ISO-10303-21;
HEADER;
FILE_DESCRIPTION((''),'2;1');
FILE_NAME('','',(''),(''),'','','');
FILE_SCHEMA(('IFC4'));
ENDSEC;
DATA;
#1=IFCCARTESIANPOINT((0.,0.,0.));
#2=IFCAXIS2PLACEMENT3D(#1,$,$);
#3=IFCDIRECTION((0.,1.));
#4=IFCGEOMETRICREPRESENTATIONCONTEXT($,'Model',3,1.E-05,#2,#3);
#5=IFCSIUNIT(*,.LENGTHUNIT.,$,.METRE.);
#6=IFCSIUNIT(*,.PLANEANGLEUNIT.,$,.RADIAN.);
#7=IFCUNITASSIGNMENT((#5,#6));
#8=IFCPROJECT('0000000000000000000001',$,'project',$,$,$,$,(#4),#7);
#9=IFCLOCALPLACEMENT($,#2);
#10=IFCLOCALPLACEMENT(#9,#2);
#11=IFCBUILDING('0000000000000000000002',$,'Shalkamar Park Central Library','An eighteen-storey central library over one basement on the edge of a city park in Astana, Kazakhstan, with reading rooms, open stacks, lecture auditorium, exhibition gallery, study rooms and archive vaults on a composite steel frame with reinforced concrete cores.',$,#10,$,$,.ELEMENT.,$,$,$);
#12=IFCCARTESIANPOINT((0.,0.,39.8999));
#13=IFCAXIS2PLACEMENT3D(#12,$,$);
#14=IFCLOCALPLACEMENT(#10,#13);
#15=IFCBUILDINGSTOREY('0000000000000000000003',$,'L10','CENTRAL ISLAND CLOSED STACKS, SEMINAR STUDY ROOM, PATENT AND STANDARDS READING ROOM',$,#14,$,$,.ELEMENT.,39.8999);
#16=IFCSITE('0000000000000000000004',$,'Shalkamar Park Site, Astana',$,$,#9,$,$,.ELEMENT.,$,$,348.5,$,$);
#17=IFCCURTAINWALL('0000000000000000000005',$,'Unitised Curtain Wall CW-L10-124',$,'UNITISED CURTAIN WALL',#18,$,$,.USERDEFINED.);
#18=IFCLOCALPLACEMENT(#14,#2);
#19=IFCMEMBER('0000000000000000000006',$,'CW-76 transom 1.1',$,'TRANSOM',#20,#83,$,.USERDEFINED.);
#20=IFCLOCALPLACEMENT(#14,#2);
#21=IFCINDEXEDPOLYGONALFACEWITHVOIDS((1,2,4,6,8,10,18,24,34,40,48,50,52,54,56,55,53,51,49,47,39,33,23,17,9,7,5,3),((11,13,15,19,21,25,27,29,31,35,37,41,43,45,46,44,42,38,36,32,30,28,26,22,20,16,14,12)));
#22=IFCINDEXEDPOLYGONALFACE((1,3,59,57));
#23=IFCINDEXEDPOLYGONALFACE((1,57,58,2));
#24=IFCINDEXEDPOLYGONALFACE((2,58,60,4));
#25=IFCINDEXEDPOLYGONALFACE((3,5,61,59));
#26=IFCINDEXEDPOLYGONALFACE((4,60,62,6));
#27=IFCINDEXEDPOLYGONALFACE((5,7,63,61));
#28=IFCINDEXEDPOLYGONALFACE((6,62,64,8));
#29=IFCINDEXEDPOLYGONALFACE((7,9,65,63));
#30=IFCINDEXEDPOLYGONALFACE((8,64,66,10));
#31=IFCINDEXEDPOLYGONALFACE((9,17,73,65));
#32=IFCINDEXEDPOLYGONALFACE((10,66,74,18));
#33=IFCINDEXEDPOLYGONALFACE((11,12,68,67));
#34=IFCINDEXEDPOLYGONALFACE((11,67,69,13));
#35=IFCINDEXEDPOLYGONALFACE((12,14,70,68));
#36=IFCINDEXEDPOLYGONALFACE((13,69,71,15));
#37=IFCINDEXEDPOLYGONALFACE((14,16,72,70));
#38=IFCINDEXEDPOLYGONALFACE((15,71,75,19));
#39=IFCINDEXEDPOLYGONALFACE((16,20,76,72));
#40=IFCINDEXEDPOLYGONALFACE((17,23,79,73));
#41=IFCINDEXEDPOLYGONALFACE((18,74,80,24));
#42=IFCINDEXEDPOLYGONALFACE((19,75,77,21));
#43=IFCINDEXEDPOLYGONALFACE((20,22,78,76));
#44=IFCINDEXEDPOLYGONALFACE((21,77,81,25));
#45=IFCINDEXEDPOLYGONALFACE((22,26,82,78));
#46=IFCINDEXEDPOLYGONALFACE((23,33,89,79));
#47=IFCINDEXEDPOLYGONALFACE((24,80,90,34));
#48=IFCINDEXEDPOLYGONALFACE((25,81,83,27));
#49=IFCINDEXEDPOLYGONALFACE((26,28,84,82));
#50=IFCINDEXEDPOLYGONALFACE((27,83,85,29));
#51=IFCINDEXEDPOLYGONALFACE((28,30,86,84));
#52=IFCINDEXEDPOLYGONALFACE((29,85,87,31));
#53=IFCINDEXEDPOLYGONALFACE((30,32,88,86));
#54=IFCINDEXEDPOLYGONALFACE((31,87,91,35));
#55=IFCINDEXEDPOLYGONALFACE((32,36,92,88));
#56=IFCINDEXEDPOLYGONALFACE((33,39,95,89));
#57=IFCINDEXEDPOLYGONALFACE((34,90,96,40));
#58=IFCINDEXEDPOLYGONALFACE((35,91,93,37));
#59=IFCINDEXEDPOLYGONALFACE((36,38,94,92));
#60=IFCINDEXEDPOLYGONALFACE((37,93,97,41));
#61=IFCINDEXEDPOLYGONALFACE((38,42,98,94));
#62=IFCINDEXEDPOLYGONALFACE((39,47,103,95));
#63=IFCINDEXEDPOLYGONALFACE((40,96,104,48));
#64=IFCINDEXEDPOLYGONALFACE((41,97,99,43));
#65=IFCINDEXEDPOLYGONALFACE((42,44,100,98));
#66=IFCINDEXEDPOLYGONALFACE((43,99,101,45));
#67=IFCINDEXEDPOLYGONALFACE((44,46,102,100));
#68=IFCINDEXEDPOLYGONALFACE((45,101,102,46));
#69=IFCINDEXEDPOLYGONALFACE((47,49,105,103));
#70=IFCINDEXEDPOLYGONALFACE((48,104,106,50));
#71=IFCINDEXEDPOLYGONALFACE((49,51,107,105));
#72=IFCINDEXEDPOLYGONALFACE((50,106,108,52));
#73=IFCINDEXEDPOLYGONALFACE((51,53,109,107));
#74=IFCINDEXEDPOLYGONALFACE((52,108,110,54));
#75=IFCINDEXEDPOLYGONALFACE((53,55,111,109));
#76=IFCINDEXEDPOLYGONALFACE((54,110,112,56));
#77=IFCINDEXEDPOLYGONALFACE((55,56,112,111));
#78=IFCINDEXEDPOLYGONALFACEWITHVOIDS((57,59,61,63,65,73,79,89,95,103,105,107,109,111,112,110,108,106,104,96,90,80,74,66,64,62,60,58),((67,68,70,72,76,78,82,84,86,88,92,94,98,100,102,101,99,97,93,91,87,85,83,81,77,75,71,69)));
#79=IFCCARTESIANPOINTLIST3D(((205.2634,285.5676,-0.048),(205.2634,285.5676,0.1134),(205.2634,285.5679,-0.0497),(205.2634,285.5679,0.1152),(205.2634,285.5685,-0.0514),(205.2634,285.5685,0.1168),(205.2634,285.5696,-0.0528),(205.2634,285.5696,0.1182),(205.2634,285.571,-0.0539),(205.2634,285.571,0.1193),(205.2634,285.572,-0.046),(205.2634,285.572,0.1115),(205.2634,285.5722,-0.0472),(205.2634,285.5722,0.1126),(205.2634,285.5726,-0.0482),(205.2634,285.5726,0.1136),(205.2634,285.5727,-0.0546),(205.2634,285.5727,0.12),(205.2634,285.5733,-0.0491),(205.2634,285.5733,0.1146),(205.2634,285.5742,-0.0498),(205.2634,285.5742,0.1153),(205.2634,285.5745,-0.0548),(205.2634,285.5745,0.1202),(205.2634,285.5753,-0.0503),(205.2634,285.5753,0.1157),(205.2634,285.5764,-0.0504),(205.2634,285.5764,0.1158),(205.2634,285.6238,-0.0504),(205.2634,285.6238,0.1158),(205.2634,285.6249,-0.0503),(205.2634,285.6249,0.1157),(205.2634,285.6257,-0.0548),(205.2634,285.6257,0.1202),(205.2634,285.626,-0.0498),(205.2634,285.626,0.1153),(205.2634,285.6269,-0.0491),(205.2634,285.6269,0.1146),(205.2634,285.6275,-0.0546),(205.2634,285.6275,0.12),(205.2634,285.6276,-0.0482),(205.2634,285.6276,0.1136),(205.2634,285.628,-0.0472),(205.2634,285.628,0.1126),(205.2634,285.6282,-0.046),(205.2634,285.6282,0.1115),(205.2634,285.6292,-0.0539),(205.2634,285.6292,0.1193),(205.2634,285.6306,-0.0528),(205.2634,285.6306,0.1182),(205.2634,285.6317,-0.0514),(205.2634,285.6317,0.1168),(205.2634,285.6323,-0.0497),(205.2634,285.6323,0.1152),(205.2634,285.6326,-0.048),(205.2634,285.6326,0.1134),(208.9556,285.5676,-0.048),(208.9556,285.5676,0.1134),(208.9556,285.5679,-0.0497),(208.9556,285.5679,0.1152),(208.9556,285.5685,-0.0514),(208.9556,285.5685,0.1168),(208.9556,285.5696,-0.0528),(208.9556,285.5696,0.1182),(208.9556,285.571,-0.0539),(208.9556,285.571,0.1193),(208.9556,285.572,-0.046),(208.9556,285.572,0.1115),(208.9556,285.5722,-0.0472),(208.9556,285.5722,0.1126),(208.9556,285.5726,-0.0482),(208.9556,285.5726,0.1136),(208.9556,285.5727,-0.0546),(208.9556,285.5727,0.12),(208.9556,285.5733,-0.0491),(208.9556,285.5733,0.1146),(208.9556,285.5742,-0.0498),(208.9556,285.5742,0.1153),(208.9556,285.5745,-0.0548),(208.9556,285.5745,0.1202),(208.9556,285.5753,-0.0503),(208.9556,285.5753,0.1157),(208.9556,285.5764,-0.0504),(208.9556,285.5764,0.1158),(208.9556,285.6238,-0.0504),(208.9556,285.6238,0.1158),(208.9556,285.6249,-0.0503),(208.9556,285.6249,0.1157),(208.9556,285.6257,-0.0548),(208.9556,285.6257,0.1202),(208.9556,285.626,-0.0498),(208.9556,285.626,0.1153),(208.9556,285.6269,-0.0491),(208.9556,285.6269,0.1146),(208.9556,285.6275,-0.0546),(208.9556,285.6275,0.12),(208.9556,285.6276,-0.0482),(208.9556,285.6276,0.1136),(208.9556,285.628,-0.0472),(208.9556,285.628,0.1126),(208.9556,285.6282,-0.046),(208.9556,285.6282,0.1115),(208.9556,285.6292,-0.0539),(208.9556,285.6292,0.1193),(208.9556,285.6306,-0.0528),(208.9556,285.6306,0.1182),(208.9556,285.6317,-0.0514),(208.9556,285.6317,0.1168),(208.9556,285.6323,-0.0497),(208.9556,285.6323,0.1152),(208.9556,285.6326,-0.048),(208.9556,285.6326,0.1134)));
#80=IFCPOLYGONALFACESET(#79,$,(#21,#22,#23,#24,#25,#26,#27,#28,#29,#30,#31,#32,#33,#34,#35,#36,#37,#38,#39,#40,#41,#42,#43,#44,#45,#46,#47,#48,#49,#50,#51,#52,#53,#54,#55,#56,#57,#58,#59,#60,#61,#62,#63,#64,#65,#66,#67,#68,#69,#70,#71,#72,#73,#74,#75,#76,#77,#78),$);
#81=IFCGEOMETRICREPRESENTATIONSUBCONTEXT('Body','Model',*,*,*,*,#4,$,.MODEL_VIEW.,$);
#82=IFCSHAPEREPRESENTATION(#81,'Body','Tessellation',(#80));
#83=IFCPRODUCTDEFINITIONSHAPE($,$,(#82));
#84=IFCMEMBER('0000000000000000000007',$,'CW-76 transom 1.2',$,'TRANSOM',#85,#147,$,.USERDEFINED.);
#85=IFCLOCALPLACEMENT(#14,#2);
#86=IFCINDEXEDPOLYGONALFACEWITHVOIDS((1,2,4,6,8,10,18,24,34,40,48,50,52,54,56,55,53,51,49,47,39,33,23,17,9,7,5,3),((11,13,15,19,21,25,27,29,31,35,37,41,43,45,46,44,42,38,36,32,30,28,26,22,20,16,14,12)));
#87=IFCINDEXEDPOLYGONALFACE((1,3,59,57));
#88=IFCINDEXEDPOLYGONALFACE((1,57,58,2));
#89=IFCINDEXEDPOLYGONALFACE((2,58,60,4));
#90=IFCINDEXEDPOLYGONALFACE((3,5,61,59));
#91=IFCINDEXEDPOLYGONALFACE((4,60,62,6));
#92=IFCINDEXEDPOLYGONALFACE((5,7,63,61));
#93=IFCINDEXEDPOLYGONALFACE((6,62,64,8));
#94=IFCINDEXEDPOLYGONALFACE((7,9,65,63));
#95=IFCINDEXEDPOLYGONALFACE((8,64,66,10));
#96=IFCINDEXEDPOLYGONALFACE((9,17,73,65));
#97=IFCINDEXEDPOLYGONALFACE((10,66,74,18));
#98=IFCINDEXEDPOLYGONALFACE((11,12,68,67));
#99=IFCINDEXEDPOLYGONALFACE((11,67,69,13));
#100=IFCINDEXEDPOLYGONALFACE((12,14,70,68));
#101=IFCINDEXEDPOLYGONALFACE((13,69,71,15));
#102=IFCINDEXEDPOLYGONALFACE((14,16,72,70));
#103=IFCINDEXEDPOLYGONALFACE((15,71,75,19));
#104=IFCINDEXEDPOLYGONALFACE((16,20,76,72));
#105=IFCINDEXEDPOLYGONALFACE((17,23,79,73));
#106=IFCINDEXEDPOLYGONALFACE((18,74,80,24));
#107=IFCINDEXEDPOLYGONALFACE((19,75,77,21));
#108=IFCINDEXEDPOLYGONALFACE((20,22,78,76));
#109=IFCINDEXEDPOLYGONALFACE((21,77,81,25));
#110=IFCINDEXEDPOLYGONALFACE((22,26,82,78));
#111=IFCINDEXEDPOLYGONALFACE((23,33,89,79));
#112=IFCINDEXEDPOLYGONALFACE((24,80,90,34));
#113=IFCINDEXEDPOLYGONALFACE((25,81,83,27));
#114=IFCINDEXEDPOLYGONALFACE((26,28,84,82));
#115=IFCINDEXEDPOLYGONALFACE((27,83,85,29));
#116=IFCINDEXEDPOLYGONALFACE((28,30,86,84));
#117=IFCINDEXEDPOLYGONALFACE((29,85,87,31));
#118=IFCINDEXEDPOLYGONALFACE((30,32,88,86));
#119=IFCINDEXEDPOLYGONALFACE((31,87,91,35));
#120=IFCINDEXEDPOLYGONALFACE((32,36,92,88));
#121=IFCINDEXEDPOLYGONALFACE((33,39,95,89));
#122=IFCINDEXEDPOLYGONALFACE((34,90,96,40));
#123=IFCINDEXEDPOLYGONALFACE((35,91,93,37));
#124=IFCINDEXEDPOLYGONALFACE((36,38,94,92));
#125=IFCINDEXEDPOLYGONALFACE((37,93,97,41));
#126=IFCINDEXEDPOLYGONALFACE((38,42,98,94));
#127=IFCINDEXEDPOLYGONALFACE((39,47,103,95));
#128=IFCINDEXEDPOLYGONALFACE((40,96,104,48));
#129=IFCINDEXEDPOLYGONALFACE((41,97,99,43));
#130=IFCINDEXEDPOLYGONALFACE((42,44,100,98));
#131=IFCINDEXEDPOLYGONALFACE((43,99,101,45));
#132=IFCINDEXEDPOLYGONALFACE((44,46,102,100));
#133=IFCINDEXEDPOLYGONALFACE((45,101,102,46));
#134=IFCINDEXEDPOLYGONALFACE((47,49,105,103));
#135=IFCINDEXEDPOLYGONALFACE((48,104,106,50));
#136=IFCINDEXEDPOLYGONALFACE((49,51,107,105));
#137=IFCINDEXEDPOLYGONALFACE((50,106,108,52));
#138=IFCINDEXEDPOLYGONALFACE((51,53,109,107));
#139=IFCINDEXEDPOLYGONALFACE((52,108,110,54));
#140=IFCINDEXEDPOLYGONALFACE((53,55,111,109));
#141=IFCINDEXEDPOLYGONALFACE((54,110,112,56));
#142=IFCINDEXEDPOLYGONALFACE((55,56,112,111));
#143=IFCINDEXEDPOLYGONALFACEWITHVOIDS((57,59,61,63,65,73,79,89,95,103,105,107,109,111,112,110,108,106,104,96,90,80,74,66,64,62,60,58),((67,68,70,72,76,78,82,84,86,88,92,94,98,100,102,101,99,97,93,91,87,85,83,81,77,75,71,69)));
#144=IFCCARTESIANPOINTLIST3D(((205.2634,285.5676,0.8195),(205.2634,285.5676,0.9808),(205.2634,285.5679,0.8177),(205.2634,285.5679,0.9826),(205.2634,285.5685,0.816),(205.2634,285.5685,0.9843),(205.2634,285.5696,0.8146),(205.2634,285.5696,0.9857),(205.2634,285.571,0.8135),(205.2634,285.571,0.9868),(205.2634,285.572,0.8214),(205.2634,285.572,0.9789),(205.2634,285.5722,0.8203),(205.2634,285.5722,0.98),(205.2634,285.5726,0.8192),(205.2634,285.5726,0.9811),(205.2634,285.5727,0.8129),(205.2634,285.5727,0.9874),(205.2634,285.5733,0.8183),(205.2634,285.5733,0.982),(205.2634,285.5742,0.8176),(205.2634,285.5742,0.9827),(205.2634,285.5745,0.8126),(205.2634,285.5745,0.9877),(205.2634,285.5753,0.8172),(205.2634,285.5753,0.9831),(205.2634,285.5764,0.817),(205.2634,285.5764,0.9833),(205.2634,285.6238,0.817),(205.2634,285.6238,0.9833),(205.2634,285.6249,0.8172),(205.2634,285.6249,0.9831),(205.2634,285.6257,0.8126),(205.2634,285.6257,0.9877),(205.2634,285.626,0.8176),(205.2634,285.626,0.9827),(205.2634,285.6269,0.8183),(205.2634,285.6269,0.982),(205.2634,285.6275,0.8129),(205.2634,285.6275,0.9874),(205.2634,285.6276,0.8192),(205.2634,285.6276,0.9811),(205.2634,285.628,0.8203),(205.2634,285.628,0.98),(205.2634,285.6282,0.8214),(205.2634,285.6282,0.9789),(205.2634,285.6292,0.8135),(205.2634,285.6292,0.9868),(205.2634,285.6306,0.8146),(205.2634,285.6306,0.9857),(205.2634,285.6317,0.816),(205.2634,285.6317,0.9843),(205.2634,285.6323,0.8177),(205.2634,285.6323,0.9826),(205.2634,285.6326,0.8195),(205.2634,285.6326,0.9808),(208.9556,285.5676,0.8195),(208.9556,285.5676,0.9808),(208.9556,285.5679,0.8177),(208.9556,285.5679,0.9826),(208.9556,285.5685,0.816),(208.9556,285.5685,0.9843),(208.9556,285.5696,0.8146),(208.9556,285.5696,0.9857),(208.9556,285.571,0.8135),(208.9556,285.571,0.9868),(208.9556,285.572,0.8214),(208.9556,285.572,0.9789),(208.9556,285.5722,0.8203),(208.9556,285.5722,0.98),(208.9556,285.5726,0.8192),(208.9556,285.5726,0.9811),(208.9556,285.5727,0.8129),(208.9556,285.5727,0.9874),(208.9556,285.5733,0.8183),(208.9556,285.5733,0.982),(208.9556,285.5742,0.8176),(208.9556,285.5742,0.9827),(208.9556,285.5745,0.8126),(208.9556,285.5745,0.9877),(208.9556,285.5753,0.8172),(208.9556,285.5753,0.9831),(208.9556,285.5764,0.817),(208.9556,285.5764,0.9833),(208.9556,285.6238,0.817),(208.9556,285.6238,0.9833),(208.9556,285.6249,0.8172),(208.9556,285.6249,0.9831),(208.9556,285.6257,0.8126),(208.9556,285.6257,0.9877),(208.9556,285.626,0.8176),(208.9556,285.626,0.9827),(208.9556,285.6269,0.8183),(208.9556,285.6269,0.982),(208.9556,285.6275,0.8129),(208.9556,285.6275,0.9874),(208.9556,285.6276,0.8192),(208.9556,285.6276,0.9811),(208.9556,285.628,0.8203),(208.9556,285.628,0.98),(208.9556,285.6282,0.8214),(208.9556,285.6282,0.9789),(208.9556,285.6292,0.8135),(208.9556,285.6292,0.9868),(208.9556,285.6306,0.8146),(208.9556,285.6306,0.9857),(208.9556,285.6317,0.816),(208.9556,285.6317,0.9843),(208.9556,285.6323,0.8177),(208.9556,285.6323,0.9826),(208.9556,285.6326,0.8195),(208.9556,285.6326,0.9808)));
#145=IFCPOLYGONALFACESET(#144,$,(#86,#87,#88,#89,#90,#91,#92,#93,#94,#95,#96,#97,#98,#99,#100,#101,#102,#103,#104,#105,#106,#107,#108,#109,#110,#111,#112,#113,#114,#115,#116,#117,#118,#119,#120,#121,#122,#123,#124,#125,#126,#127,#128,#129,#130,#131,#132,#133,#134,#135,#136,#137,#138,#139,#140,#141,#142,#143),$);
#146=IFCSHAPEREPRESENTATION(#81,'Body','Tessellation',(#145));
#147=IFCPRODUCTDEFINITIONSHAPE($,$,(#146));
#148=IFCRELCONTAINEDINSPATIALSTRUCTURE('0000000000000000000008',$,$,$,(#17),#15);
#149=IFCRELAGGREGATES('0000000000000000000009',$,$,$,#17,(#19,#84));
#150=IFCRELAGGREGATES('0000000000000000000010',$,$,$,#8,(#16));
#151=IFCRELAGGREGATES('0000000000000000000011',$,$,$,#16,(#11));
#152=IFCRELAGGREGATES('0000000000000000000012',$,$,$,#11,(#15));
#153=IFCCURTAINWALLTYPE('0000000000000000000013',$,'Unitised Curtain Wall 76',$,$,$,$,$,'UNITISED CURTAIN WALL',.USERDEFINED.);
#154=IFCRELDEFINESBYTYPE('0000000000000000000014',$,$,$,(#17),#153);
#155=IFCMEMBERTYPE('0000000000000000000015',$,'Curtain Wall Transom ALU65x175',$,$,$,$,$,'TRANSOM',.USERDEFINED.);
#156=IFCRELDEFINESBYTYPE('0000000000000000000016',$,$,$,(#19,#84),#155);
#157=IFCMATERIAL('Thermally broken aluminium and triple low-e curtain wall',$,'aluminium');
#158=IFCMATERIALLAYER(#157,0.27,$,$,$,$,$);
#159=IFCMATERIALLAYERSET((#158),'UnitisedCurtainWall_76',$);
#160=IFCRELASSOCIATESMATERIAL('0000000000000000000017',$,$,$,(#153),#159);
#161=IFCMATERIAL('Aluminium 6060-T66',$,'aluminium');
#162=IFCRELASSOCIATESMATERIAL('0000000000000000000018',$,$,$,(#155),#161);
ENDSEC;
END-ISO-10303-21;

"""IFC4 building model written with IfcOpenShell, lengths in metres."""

from ifc_helpers import new_model, si_unit, direction, frame, origin, origin_2d, place, context, subcontext, project, spatial, hollow_rectangle, extrude, material, layer, layer_set, material_profile, profile_set, type_object, element, aggregate, save


model = new_model("IFC4")

# Units and contexts
model_context = context("Model", 3, precision=1e-05, world=origin(), true_north=direction((0.0, 1.0)))
body_context = subcontext(model_context, "Body", "Model", "MODEL_VIEW")
ifc_project = project(units=[si_unit("LENGTHUNIT", "METRE"), si_unit("PLANEANGLEUNIT", "RADIAN")], contexts=[model_context])

# Site, building, storey
site_placement = place(None, origin())
site = spatial("IfcSite", under=ifc_project, at=site_placement, Name="Shalkamar Park Site, Astana", CompositionType="ELEMENT", RefElevation=348.5)
building_placement = place(site_placement, origin())
building = spatial("IfcBuilding", under=site, at=building_placement, Name="Shalkamar Park Central Library", Description="An eighteen-storey central library over one basement on the edge of a city park in Astana, Kazakhstan, with reading rooms, open stacks, lecture auditorium, exhibition gallery, study rooms and archive vaults on a composite steel frame with reinforced concrete cores.", CompositionType="ELEMENT")
storey_placement = place(building_placement, frame((0.0, 0.0, 39.8999)))
storey = spatial("IfcBuildingStorey", under=building, at=storey_placement, Name="L10", Description="CENTRAL ISLAND CLOSED STACKS, SEMINAR STUDY ROOM, PATENT AND STANDARDS READING ROOM", CompositionType="ELEMENT", Elevation=39.8999)

# Shared definitions
ifc_material_1 = material(Name="Thermally broken aluminium and triple low-e curtain wall", Category="aluminium")
ifc_material_2 = material(Name="Aluminium 6060-T66", Category="aluminium")

# Curtain wall
ifc_layer_1 = layer(ifc_material_1, 0.27)
ifc_layer_set_1 = layer_set([ifc_layer_1], Name="UnitisedCurtainWall_76")
curtain_wall_type_1 = type_object("IfcCurtainWallType", Name="Unitised Curtain Wall 76", ElementType="UNITISED CURTAIN WALL", PredefinedType="USERDEFINED", material=ifc_layer_set_1)
curtain_wall_1_placement = place(storey_placement, origin())
curtain_wall_1 = element("IfcCurtainWall", 1, at=curtain_wall_1_placement, inside=storey, type_object=curtain_wall_type_1, Name="Unitised Curtain Wall CW-L10-124", ObjectType="UNITISED CURTAIN WALL", PredefinedType="USERDEFINED")

# Members
ifc_material_profile_1 = material_profile(ifc_material_2, hollow_rectangle(XDim=0.0649, YDim=0.175, WallThickness=0.0044, InnerFilletRadius=0.0044, OuterFilletRadius=0.0068, at=origin_2d()), Name="ALU 65x175x4.5")
ifc_profile_set_1 = profile_set([ifc_material_profile_1], Name="Aluminium 6060-T66")
member_type_1 = type_object("IfcMemberType", Name="Curtain Wall Transom ALU65x175", ElementType="TRANSOM", PredefinedType="USERDEFINED", material=ifc_profile_set_1)
member_1_placement = place(storey_placement, frame((205.2634, 285.6001, 0.0327), z_axis=(1.0, 0.0, 0.0), x_axis=(0.0, 1.0, 0.0)))
member_1 = element("IfcMember", 2, at=member_1_placement, type_object=member_type_1, Name="CW-76 transom 1.1", ObjectType="TRANSOM", PredefinedType="USERDEFINED", context=body_context, shape_type="SweptSolid", body=[
    extrude(hollow_rectangle(XDim=0.0649, YDim=0.175, WallThickness=0.0044, InnerFilletRadius=0.0044, OuterFilletRadius=0.0068, at=origin_2d()), origin(), (0.0, 0.0, 1.0), 3.6921),
])
member_2_placement = place(storey_placement, frame((205.2634, 285.6001, 0.9001), z_axis=(1.0, 0.0, 0.0), x_axis=(0.0, 1.0, 0.0)))
member_2 = element("IfcMember", 3, at=member_2_placement, type_object=member_type_1, Name="CW-76 transom 1.2", ObjectType="TRANSOM", PredefinedType="USERDEFINED", context=body_context, shape_type="SweptSolid", body=[
    extrude(hollow_rectangle(XDim=0.0649, YDim=0.175, WallThickness=0.0044, InnerFilletRadius=0.0044, OuterFilletRadius=0.0068, at=origin_2d()), origin(), (0.0, 0.0, 1.0), 3.6921),
])
aggregate(curtain_wall_1, [member_1, member_2])

save(model, "model.ifc")
